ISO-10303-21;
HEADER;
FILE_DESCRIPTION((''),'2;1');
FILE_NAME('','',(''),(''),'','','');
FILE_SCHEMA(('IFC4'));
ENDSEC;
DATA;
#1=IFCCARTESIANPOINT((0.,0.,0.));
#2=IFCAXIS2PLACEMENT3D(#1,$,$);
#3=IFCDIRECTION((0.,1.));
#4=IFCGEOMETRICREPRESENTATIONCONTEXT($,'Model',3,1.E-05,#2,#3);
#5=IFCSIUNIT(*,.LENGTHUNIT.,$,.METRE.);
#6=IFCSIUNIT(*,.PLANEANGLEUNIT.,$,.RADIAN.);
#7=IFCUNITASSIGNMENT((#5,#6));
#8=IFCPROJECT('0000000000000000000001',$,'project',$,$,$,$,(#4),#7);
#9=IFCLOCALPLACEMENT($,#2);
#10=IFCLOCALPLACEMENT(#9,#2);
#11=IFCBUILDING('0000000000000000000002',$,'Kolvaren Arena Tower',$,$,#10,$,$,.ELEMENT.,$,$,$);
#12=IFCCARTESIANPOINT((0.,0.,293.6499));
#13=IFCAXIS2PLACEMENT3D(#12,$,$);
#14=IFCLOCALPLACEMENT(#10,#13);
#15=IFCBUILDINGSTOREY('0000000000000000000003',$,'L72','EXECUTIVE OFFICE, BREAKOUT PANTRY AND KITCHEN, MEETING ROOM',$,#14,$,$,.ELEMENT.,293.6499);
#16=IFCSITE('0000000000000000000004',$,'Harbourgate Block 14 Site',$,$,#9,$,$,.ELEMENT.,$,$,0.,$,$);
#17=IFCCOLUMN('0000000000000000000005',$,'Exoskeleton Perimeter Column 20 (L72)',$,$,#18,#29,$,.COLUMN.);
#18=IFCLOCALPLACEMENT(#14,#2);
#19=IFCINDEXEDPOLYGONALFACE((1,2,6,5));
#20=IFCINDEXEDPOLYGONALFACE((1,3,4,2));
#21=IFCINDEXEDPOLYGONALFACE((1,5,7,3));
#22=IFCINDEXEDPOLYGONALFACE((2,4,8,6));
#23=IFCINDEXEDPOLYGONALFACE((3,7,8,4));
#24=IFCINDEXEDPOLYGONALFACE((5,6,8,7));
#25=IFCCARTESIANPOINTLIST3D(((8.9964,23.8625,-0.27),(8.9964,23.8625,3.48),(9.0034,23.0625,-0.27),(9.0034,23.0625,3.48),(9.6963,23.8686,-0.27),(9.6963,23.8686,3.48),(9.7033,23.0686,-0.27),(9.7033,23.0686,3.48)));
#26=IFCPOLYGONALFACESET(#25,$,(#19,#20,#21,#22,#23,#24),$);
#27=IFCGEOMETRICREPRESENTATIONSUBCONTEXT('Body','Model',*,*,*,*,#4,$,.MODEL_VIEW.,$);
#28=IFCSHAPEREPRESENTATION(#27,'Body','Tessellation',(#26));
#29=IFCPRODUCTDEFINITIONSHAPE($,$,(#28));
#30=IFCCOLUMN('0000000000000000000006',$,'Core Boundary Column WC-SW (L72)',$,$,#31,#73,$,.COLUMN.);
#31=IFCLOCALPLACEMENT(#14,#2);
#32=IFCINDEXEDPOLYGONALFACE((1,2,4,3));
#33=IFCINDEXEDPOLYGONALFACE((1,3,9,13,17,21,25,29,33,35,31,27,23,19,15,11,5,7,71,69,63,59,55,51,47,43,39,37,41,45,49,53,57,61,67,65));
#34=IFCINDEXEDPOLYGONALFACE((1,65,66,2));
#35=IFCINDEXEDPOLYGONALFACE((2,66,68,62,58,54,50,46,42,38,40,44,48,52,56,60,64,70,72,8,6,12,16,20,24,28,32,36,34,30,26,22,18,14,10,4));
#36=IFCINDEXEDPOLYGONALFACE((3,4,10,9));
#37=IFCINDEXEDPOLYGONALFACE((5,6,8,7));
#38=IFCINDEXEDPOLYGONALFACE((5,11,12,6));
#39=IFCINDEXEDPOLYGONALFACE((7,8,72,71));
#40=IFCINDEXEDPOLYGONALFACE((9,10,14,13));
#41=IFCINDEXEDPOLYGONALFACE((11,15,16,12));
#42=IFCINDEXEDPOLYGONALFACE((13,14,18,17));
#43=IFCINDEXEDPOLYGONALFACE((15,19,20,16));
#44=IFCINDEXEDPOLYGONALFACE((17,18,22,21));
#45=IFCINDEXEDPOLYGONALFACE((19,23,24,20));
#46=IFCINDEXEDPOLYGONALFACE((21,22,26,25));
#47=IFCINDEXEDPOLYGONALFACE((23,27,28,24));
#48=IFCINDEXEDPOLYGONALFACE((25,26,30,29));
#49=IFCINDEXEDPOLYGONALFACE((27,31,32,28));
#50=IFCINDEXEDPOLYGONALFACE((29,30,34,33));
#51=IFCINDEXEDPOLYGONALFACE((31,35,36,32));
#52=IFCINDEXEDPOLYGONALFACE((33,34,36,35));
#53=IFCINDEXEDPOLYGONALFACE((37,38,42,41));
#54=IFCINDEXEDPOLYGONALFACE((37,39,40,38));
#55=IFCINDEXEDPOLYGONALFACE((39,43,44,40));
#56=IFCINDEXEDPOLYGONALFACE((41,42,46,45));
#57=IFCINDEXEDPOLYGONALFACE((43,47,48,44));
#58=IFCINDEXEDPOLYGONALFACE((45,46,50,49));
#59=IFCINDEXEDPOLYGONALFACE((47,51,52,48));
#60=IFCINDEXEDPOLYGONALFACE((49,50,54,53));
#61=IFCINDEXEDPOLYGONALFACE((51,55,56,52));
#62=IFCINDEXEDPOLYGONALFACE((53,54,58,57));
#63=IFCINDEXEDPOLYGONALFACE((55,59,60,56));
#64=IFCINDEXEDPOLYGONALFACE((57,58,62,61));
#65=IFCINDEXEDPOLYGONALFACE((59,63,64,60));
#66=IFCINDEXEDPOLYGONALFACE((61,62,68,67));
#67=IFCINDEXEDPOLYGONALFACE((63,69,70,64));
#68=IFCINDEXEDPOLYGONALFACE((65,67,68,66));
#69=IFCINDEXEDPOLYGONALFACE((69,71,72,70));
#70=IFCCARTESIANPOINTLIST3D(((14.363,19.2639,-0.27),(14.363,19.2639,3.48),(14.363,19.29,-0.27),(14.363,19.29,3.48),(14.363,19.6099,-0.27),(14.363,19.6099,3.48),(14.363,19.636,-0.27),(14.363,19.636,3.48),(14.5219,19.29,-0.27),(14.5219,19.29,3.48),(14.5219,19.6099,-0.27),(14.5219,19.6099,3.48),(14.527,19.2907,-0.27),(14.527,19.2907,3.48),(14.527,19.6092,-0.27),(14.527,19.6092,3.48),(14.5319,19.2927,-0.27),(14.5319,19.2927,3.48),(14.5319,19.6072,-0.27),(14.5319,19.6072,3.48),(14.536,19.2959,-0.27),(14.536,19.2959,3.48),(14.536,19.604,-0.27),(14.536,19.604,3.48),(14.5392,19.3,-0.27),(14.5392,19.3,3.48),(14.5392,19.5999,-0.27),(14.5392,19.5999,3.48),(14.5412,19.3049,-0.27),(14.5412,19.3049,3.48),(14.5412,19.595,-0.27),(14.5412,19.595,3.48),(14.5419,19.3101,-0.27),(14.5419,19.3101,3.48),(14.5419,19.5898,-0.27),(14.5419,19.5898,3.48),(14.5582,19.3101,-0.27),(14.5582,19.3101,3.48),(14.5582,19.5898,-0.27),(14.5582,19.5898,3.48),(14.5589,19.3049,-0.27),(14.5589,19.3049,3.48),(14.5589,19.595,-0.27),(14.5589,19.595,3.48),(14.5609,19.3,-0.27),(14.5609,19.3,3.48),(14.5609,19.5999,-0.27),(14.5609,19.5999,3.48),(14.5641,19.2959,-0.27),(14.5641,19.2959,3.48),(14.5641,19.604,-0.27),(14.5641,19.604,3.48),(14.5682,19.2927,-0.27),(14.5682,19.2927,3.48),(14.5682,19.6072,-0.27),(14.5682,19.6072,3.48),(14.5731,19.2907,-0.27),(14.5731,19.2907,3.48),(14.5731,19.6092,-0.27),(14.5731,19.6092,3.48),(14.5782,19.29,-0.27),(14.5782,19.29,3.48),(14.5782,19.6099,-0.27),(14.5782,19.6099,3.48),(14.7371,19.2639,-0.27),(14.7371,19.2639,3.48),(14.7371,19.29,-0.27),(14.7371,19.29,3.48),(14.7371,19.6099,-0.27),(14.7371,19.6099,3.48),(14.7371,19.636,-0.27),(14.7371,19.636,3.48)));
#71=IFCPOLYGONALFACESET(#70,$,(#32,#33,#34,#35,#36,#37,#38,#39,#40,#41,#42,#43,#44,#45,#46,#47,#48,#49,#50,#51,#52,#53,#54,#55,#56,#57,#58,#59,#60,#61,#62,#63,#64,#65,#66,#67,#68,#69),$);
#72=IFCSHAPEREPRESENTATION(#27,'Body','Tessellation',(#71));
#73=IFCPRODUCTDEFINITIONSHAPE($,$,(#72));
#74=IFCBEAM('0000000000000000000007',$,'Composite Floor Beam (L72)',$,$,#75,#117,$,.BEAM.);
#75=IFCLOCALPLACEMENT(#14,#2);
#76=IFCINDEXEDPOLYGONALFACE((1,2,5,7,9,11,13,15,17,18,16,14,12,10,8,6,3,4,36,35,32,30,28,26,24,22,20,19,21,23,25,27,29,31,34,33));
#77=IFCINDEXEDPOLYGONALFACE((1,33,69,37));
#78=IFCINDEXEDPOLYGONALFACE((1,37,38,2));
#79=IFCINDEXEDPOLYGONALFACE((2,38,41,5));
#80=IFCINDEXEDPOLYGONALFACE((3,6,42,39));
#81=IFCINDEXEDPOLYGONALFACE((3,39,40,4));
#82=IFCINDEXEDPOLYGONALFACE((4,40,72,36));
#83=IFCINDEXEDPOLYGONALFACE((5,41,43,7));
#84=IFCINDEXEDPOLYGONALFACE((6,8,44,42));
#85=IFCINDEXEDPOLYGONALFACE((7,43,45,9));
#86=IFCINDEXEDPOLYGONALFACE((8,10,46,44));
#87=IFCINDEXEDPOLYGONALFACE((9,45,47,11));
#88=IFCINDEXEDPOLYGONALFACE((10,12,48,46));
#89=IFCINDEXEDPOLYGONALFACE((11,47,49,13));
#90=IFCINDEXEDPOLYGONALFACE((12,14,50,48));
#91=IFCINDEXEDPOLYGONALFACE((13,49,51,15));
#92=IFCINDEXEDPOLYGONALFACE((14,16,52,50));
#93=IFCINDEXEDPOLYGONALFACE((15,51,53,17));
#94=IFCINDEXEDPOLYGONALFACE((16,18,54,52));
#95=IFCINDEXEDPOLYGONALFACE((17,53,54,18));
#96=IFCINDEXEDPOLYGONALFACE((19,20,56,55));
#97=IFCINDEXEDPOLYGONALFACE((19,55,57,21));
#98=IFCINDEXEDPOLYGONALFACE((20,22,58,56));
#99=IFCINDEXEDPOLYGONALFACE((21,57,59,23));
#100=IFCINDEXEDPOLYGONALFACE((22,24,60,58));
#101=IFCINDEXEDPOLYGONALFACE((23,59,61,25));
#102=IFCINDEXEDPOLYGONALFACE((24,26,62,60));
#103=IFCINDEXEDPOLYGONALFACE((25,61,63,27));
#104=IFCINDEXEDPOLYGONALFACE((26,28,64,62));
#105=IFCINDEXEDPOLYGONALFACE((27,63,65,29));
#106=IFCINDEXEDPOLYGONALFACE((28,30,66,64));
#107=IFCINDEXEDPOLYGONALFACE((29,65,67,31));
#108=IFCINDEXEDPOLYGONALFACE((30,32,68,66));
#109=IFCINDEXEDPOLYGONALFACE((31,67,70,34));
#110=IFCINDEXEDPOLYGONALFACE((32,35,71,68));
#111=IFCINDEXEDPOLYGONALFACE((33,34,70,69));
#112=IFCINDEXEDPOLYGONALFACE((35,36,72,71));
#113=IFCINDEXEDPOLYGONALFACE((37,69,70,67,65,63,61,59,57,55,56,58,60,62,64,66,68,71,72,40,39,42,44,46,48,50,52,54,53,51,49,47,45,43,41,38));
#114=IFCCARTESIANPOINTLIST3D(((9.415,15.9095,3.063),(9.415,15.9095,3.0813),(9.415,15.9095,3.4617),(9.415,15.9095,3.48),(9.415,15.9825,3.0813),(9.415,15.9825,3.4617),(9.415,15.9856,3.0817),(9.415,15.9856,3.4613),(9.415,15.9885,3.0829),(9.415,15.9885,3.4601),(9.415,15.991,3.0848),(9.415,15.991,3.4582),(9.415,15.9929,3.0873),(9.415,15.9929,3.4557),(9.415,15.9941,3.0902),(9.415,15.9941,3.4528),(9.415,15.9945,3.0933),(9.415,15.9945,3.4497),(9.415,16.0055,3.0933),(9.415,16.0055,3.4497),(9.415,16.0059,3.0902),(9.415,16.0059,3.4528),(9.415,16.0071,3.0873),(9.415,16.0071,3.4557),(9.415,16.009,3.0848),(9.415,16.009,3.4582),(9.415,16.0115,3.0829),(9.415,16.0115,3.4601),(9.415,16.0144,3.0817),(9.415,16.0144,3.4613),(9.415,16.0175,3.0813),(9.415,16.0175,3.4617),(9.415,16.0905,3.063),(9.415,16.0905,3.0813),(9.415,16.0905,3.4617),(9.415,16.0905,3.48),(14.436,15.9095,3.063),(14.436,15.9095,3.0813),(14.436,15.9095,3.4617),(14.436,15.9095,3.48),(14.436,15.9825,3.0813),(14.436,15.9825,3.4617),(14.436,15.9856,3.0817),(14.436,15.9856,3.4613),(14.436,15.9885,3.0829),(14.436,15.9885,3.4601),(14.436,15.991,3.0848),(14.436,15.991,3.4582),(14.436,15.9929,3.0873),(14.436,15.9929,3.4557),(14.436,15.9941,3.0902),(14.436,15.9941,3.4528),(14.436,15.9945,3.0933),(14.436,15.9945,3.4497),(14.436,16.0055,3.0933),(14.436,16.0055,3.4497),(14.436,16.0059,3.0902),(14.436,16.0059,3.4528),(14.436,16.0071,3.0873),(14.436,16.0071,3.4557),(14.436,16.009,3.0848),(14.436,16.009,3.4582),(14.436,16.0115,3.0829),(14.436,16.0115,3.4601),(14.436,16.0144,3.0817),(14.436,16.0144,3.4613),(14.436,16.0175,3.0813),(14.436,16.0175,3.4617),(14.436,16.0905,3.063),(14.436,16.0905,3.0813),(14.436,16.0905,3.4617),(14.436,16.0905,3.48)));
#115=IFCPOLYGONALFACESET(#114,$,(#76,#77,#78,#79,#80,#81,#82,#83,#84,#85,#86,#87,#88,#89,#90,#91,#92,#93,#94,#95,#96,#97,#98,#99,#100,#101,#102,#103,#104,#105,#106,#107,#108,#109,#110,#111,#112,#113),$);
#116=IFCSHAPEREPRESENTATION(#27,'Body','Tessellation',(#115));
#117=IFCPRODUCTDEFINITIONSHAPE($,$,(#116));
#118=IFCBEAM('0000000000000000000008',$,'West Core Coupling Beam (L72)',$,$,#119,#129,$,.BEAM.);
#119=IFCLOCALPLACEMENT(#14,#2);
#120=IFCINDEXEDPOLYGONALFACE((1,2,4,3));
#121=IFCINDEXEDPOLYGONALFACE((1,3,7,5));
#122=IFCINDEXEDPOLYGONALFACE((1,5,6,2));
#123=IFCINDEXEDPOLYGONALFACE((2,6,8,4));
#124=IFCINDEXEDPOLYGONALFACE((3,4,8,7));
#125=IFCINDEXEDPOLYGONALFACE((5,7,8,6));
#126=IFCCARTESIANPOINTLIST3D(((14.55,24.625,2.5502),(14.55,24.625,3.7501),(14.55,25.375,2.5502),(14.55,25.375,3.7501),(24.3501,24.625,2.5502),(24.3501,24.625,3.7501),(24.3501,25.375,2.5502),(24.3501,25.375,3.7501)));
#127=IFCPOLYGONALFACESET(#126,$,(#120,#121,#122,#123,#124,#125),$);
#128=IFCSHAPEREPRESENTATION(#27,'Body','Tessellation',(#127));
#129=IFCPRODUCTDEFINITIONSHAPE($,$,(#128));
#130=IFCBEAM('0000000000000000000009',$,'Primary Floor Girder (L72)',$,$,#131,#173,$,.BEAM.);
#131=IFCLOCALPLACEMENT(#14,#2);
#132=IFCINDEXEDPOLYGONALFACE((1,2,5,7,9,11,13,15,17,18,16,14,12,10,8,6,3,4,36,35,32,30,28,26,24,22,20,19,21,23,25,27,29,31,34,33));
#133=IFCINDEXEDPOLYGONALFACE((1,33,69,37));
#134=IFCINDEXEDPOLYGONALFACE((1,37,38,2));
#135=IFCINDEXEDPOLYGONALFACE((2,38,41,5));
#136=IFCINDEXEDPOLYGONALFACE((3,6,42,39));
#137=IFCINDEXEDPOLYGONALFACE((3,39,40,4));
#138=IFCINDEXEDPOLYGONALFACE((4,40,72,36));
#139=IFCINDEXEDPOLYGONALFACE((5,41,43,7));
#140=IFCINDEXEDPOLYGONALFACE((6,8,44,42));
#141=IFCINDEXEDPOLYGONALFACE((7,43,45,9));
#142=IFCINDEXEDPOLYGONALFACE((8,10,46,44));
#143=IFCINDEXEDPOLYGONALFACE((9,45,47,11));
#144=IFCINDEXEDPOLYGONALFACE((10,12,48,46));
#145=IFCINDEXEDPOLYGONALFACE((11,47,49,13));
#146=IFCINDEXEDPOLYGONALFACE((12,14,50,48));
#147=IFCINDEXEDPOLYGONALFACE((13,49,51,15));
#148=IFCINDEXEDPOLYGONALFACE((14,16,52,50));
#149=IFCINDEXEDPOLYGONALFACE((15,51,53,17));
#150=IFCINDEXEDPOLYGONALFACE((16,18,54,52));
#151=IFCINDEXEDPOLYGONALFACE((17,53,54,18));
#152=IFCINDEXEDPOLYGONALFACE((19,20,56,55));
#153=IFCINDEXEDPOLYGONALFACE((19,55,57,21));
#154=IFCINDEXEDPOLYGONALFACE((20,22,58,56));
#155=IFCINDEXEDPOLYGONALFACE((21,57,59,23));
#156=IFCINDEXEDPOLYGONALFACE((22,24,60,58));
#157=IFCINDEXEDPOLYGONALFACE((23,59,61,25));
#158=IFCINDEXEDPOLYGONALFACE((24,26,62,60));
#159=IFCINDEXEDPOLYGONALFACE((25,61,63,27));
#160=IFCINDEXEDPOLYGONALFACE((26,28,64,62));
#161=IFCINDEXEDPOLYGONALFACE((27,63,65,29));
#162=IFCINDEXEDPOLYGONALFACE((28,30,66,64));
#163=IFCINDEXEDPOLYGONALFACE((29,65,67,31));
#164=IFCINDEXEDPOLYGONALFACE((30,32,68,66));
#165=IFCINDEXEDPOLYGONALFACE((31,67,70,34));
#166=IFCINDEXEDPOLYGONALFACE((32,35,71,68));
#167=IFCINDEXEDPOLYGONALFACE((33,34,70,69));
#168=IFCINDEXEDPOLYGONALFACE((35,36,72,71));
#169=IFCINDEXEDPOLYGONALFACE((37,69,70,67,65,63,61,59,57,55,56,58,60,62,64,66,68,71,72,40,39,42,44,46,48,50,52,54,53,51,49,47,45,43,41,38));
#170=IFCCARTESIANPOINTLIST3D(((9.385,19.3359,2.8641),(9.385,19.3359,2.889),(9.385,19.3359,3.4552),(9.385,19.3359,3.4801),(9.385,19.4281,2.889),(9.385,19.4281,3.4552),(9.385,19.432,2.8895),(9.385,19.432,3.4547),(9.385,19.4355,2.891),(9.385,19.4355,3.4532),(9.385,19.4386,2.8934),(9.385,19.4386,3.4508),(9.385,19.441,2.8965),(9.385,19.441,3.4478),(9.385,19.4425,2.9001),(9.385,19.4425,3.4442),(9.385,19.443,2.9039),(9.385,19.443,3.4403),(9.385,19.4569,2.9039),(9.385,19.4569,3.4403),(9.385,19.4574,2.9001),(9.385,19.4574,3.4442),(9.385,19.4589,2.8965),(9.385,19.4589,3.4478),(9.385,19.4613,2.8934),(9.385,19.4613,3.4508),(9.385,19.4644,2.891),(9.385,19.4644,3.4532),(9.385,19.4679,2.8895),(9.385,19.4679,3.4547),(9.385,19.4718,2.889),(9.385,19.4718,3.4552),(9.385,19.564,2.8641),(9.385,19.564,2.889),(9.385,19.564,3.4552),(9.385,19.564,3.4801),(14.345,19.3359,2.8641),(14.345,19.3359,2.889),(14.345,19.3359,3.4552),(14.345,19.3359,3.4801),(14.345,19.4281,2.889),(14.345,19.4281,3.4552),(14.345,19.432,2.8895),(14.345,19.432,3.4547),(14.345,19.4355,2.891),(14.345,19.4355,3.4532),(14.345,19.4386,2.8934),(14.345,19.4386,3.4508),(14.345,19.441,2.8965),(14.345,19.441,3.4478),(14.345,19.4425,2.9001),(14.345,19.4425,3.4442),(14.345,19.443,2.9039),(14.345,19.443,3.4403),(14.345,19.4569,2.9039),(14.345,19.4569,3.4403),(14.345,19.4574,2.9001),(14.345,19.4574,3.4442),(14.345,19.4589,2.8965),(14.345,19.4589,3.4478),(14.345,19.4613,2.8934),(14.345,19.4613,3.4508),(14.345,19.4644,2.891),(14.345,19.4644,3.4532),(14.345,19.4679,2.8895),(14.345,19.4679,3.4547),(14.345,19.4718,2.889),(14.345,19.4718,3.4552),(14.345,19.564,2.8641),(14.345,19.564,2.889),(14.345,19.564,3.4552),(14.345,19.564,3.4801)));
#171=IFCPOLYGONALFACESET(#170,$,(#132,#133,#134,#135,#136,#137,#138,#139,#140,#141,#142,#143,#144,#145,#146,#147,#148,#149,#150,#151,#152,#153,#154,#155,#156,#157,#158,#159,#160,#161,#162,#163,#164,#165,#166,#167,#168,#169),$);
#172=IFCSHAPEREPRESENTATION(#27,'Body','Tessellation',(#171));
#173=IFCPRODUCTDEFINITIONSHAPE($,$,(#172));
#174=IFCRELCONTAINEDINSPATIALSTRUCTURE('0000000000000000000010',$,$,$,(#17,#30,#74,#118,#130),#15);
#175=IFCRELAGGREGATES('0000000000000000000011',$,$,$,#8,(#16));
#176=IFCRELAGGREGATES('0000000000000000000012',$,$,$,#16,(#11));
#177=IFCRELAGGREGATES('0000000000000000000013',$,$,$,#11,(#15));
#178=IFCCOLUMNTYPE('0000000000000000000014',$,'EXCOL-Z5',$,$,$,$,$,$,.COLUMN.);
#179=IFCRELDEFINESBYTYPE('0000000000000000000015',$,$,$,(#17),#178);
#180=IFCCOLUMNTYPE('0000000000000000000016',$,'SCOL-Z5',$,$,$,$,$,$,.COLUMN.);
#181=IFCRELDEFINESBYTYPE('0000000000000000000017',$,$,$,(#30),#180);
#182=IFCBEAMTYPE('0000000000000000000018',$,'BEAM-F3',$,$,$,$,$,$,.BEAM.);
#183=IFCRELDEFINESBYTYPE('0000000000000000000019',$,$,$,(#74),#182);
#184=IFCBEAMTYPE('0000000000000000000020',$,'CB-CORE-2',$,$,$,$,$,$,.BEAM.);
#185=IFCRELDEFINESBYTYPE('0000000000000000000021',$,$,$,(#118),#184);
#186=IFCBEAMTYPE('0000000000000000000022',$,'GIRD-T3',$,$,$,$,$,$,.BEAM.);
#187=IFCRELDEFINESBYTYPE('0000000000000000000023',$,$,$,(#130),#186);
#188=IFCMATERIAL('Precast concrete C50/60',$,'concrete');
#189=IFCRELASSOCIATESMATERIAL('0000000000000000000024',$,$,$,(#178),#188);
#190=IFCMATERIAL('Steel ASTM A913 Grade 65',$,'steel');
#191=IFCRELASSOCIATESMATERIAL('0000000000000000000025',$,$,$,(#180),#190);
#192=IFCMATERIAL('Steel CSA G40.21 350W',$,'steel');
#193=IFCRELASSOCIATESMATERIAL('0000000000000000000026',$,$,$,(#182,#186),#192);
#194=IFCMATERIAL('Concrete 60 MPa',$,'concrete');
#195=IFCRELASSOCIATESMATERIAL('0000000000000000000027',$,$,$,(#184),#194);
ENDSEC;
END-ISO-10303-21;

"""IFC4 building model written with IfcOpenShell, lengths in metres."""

from ifc_helpers import new_model, si_unit, direction, frame, origin, origin_2d, place, context, subcontext, project, spatial, rectangle, i_section, extrude, material, material_profile, profile_set, type_object, element, save


model = new_model("IFC4")

# Units and contexts
model_context = context("Model", 3, precision=1e-05, world=origin(), true_north=direction((0.0, 1.0)))
body_context = subcontext(model_context, "Body", "Model", "MODEL_VIEW")
ifc_project = project(units=[si_unit("LENGTHUNIT", "METRE"), si_unit("PLANEANGLEUNIT", "RADIAN")], contexts=[model_context])

# Site, building, storey
site_placement = place(None, origin())
site = spatial("IfcSite", under=ifc_project, at=site_placement, Name="Harbourgate Block 14 Site", CompositionType="ELEMENT", RefElevation=0.0)
building_placement = place(site_placement, origin())
building = spatial("IfcBuilding", under=site, at=building_placement, Name="Kolvaren Arena Tower", CompositionType="ELEMENT")
storey_placement = place(building_placement, frame((0.0, 0.0, 293.6499)))
storey = spatial("IfcBuildingStorey", under=building, at=storey_placement, Name="L72", Description="EXECUTIVE OFFICE, BREAKOUT PANTRY AND KITCHEN, MEETING ROOM", CompositionType="ELEMENT", Elevation=293.6499)

# Columns
ifc_material_1 = material(Name="Precast concrete C50/60", Category="concrete")
ifc_material_profile_1 = material_profile(ifc_material_1, rectangle(XDim=0.8, YDim=0.7, at=origin_2d()), Name="RC-800x700")
ifc_profile_set_1 = profile_set([ifc_material_profile_1], Name="Precast concrete C50/60")
column_type_1 = type_object("IfcColumnType", Name="EXCOL-Z5", PredefinedType="COLUMN", material=ifc_profile_set_1)
column_1_placement = place(storey_placement, frame((9.3499, 23.4656, -0.27), z_axis=(0.0, 0.0, 1.0), x_axis=(-0.008727, 0.999962, 0.0)))
element("IfcColumn", 1, at=column_1_placement, inside=storey, type_object=column_type_1, Name="Exoskeleton Perimeter Column 20 (L72)", PredefinedType="COLUMN", context=body_context, shape_type="SweptSolid", body=[
    extrude(rectangle(XDim=0.8, YDim=0.7, at=origin_2d()), origin(), (0.0, 0.0, 1.0), 3.75),
])
ifc_material_2 = material(Name="Steel ASTM A913 Grade 65", Category="steel")
ifc_material_profile_2 = material_profile(ifc_material_2, i_section(OverallWidth=0.374, OverallDepth=0.3721, WebThickness=0.0164, FlangeThickness=0.0261, FilletRadius=0.02, at=origin_2d()), Name="W360x196")
ifc_profile_set_2 = profile_set([ifc_material_profile_2], Name="Steel ASTM A913 Grade 65")
column_type_2 = type_object("IfcColumnType", Name="SCOL-Z5", PredefinedType="COLUMN", material=ifc_profile_set_2)
column_2_placement = place(storey_placement, frame((14.55, 19.45, -0.27), z_axis=(0.0, 0.0, 1.0), x_axis=(1.0, 0.0, 0.0)))
element("IfcColumn", 2, at=column_2_placement, inside=storey, type_object=column_type_2, Name="Core Boundary Column WC-SW (L72)", PredefinedType="COLUMN", context=body_context, shape_type="SweptSolid", body=[
    extrude(i_section(OverallWidth=0.374, OverallDepth=0.3721, WebThickness=0.0164, FlangeThickness=0.0261, FilletRadius=0.02, at=origin_2d()), origin(), (0.0, 0.0, 1.0), 3.75),
])

# Beams
ifc_material_3 = material(Name="Steel CSA G40.21 350W", Category="steel")
ifc_material_profile_3 = material_profile(ifc_material_3, i_section(OverallWidth=0.1809, OverallDepth=0.417, WebThickness=0.011, FlangeThickness=0.0183, FilletRadius=0.012, at=origin_2d()), Name="W410x85")
ifc_profile_set_3 = profile_set([ifc_material_profile_3], Name="Steel CSA G40.21 350W")
beam_type_1 = type_object("IfcBeamType", Name="BEAM-F3", PredefinedType="BEAM", material=ifc_profile_set_3)
beam_1_placement = place(storey_placement, frame((9.415, 16.0, 3.2715), z_axis=(1.0, 0.0, 0.0), x_axis=(0.0, 1.0, 0.0)))
element("IfcBeam", 3, at=beam_1_placement, inside=storey, type_object=beam_type_1, Name="Composite Floor Beam (L72)", PredefinedType="BEAM", context=body_context, shape_type="SweptSolid", body=[
    extrude(i_section(OverallWidth=0.1809, OverallDepth=0.417, WebThickness=0.011, FlangeThickness=0.0183, FilletRadius=0.012, at=origin_2d()), origin(), (0.0, 0.0, 1.0), 5.021),
])
ifc_material_4 = material(Name="Concrete 60 MPa", Category="concrete")
ifc_material_profile_4 = material_profile(ifc_material_4, rectangle(XDim=0.75, YDim=1.2, at=origin_2d()), Name="RC-750x1200")
ifc_profile_set_4 = profile_set([ifc_material_profile_4], Name="Concrete 60 MPa")
beam_type_2 = type_object("IfcBeamType", Name="CB-CORE-2", PredefinedType="BEAM", material=ifc_profile_set_4)
beam_2_placement = place(storey_placement, frame((14.55, 25.0, 3.1501), z_axis=(1.0, 0.0, 0.0), x_axis=(0.0, 1.0, 0.0)))
element("IfcBeam", 4, at=beam_2_placement, inside=storey, type_object=beam_type_2, Name="West Core Coupling Beam (L72)", PredefinedType="BEAM", context=body_context, shape_type="SweptSolid", body=[
    extrude(rectangle(XDim=0.75, YDim=1.2, at=origin_2d()), origin(), (0.0, 0.0, 1.0), 9.8),
])
ifc_material_profile_5 = material_profile(ifc_material_3, i_section(OverallWidth=0.228, OverallDepth=0.616, WebThickness=0.0139, FlangeThickness=0.0249, FilletRadius=0.0149, at=origin_2d()), Name="W610x174")
ifc_profile_set_5 = profile_set([ifc_material_profile_5], Name="Steel CSA G40.21 350W")
beam_type_3 = type_object("IfcBeamType", Name="GIRD-T3", PredefinedType="BEAM", material=ifc_profile_set_5)
beam_3_placement = place(storey_placement, frame((9.385, 19.45, 3.1721), z_axis=(1.0, 0.0, 0.0), x_axis=(0.0, 1.0, 0.0)))
element("IfcBeam", 5, at=beam_3_placement, inside=storey, type_object=beam_type_3, Name="Primary Floor Girder (L72)", PredefinedType="BEAM", context=body_context, shape_type="SweptSolid", body=[
    extrude(i_section(OverallWidth=0.228, OverallDepth=0.616, WebThickness=0.0139, FlangeThickness=0.0249, FilletRadius=0.0149, at=origin_2d()), origin(), (0.0, 0.0, 1.0), 4.96),
])

save(model, "model.ifc")
